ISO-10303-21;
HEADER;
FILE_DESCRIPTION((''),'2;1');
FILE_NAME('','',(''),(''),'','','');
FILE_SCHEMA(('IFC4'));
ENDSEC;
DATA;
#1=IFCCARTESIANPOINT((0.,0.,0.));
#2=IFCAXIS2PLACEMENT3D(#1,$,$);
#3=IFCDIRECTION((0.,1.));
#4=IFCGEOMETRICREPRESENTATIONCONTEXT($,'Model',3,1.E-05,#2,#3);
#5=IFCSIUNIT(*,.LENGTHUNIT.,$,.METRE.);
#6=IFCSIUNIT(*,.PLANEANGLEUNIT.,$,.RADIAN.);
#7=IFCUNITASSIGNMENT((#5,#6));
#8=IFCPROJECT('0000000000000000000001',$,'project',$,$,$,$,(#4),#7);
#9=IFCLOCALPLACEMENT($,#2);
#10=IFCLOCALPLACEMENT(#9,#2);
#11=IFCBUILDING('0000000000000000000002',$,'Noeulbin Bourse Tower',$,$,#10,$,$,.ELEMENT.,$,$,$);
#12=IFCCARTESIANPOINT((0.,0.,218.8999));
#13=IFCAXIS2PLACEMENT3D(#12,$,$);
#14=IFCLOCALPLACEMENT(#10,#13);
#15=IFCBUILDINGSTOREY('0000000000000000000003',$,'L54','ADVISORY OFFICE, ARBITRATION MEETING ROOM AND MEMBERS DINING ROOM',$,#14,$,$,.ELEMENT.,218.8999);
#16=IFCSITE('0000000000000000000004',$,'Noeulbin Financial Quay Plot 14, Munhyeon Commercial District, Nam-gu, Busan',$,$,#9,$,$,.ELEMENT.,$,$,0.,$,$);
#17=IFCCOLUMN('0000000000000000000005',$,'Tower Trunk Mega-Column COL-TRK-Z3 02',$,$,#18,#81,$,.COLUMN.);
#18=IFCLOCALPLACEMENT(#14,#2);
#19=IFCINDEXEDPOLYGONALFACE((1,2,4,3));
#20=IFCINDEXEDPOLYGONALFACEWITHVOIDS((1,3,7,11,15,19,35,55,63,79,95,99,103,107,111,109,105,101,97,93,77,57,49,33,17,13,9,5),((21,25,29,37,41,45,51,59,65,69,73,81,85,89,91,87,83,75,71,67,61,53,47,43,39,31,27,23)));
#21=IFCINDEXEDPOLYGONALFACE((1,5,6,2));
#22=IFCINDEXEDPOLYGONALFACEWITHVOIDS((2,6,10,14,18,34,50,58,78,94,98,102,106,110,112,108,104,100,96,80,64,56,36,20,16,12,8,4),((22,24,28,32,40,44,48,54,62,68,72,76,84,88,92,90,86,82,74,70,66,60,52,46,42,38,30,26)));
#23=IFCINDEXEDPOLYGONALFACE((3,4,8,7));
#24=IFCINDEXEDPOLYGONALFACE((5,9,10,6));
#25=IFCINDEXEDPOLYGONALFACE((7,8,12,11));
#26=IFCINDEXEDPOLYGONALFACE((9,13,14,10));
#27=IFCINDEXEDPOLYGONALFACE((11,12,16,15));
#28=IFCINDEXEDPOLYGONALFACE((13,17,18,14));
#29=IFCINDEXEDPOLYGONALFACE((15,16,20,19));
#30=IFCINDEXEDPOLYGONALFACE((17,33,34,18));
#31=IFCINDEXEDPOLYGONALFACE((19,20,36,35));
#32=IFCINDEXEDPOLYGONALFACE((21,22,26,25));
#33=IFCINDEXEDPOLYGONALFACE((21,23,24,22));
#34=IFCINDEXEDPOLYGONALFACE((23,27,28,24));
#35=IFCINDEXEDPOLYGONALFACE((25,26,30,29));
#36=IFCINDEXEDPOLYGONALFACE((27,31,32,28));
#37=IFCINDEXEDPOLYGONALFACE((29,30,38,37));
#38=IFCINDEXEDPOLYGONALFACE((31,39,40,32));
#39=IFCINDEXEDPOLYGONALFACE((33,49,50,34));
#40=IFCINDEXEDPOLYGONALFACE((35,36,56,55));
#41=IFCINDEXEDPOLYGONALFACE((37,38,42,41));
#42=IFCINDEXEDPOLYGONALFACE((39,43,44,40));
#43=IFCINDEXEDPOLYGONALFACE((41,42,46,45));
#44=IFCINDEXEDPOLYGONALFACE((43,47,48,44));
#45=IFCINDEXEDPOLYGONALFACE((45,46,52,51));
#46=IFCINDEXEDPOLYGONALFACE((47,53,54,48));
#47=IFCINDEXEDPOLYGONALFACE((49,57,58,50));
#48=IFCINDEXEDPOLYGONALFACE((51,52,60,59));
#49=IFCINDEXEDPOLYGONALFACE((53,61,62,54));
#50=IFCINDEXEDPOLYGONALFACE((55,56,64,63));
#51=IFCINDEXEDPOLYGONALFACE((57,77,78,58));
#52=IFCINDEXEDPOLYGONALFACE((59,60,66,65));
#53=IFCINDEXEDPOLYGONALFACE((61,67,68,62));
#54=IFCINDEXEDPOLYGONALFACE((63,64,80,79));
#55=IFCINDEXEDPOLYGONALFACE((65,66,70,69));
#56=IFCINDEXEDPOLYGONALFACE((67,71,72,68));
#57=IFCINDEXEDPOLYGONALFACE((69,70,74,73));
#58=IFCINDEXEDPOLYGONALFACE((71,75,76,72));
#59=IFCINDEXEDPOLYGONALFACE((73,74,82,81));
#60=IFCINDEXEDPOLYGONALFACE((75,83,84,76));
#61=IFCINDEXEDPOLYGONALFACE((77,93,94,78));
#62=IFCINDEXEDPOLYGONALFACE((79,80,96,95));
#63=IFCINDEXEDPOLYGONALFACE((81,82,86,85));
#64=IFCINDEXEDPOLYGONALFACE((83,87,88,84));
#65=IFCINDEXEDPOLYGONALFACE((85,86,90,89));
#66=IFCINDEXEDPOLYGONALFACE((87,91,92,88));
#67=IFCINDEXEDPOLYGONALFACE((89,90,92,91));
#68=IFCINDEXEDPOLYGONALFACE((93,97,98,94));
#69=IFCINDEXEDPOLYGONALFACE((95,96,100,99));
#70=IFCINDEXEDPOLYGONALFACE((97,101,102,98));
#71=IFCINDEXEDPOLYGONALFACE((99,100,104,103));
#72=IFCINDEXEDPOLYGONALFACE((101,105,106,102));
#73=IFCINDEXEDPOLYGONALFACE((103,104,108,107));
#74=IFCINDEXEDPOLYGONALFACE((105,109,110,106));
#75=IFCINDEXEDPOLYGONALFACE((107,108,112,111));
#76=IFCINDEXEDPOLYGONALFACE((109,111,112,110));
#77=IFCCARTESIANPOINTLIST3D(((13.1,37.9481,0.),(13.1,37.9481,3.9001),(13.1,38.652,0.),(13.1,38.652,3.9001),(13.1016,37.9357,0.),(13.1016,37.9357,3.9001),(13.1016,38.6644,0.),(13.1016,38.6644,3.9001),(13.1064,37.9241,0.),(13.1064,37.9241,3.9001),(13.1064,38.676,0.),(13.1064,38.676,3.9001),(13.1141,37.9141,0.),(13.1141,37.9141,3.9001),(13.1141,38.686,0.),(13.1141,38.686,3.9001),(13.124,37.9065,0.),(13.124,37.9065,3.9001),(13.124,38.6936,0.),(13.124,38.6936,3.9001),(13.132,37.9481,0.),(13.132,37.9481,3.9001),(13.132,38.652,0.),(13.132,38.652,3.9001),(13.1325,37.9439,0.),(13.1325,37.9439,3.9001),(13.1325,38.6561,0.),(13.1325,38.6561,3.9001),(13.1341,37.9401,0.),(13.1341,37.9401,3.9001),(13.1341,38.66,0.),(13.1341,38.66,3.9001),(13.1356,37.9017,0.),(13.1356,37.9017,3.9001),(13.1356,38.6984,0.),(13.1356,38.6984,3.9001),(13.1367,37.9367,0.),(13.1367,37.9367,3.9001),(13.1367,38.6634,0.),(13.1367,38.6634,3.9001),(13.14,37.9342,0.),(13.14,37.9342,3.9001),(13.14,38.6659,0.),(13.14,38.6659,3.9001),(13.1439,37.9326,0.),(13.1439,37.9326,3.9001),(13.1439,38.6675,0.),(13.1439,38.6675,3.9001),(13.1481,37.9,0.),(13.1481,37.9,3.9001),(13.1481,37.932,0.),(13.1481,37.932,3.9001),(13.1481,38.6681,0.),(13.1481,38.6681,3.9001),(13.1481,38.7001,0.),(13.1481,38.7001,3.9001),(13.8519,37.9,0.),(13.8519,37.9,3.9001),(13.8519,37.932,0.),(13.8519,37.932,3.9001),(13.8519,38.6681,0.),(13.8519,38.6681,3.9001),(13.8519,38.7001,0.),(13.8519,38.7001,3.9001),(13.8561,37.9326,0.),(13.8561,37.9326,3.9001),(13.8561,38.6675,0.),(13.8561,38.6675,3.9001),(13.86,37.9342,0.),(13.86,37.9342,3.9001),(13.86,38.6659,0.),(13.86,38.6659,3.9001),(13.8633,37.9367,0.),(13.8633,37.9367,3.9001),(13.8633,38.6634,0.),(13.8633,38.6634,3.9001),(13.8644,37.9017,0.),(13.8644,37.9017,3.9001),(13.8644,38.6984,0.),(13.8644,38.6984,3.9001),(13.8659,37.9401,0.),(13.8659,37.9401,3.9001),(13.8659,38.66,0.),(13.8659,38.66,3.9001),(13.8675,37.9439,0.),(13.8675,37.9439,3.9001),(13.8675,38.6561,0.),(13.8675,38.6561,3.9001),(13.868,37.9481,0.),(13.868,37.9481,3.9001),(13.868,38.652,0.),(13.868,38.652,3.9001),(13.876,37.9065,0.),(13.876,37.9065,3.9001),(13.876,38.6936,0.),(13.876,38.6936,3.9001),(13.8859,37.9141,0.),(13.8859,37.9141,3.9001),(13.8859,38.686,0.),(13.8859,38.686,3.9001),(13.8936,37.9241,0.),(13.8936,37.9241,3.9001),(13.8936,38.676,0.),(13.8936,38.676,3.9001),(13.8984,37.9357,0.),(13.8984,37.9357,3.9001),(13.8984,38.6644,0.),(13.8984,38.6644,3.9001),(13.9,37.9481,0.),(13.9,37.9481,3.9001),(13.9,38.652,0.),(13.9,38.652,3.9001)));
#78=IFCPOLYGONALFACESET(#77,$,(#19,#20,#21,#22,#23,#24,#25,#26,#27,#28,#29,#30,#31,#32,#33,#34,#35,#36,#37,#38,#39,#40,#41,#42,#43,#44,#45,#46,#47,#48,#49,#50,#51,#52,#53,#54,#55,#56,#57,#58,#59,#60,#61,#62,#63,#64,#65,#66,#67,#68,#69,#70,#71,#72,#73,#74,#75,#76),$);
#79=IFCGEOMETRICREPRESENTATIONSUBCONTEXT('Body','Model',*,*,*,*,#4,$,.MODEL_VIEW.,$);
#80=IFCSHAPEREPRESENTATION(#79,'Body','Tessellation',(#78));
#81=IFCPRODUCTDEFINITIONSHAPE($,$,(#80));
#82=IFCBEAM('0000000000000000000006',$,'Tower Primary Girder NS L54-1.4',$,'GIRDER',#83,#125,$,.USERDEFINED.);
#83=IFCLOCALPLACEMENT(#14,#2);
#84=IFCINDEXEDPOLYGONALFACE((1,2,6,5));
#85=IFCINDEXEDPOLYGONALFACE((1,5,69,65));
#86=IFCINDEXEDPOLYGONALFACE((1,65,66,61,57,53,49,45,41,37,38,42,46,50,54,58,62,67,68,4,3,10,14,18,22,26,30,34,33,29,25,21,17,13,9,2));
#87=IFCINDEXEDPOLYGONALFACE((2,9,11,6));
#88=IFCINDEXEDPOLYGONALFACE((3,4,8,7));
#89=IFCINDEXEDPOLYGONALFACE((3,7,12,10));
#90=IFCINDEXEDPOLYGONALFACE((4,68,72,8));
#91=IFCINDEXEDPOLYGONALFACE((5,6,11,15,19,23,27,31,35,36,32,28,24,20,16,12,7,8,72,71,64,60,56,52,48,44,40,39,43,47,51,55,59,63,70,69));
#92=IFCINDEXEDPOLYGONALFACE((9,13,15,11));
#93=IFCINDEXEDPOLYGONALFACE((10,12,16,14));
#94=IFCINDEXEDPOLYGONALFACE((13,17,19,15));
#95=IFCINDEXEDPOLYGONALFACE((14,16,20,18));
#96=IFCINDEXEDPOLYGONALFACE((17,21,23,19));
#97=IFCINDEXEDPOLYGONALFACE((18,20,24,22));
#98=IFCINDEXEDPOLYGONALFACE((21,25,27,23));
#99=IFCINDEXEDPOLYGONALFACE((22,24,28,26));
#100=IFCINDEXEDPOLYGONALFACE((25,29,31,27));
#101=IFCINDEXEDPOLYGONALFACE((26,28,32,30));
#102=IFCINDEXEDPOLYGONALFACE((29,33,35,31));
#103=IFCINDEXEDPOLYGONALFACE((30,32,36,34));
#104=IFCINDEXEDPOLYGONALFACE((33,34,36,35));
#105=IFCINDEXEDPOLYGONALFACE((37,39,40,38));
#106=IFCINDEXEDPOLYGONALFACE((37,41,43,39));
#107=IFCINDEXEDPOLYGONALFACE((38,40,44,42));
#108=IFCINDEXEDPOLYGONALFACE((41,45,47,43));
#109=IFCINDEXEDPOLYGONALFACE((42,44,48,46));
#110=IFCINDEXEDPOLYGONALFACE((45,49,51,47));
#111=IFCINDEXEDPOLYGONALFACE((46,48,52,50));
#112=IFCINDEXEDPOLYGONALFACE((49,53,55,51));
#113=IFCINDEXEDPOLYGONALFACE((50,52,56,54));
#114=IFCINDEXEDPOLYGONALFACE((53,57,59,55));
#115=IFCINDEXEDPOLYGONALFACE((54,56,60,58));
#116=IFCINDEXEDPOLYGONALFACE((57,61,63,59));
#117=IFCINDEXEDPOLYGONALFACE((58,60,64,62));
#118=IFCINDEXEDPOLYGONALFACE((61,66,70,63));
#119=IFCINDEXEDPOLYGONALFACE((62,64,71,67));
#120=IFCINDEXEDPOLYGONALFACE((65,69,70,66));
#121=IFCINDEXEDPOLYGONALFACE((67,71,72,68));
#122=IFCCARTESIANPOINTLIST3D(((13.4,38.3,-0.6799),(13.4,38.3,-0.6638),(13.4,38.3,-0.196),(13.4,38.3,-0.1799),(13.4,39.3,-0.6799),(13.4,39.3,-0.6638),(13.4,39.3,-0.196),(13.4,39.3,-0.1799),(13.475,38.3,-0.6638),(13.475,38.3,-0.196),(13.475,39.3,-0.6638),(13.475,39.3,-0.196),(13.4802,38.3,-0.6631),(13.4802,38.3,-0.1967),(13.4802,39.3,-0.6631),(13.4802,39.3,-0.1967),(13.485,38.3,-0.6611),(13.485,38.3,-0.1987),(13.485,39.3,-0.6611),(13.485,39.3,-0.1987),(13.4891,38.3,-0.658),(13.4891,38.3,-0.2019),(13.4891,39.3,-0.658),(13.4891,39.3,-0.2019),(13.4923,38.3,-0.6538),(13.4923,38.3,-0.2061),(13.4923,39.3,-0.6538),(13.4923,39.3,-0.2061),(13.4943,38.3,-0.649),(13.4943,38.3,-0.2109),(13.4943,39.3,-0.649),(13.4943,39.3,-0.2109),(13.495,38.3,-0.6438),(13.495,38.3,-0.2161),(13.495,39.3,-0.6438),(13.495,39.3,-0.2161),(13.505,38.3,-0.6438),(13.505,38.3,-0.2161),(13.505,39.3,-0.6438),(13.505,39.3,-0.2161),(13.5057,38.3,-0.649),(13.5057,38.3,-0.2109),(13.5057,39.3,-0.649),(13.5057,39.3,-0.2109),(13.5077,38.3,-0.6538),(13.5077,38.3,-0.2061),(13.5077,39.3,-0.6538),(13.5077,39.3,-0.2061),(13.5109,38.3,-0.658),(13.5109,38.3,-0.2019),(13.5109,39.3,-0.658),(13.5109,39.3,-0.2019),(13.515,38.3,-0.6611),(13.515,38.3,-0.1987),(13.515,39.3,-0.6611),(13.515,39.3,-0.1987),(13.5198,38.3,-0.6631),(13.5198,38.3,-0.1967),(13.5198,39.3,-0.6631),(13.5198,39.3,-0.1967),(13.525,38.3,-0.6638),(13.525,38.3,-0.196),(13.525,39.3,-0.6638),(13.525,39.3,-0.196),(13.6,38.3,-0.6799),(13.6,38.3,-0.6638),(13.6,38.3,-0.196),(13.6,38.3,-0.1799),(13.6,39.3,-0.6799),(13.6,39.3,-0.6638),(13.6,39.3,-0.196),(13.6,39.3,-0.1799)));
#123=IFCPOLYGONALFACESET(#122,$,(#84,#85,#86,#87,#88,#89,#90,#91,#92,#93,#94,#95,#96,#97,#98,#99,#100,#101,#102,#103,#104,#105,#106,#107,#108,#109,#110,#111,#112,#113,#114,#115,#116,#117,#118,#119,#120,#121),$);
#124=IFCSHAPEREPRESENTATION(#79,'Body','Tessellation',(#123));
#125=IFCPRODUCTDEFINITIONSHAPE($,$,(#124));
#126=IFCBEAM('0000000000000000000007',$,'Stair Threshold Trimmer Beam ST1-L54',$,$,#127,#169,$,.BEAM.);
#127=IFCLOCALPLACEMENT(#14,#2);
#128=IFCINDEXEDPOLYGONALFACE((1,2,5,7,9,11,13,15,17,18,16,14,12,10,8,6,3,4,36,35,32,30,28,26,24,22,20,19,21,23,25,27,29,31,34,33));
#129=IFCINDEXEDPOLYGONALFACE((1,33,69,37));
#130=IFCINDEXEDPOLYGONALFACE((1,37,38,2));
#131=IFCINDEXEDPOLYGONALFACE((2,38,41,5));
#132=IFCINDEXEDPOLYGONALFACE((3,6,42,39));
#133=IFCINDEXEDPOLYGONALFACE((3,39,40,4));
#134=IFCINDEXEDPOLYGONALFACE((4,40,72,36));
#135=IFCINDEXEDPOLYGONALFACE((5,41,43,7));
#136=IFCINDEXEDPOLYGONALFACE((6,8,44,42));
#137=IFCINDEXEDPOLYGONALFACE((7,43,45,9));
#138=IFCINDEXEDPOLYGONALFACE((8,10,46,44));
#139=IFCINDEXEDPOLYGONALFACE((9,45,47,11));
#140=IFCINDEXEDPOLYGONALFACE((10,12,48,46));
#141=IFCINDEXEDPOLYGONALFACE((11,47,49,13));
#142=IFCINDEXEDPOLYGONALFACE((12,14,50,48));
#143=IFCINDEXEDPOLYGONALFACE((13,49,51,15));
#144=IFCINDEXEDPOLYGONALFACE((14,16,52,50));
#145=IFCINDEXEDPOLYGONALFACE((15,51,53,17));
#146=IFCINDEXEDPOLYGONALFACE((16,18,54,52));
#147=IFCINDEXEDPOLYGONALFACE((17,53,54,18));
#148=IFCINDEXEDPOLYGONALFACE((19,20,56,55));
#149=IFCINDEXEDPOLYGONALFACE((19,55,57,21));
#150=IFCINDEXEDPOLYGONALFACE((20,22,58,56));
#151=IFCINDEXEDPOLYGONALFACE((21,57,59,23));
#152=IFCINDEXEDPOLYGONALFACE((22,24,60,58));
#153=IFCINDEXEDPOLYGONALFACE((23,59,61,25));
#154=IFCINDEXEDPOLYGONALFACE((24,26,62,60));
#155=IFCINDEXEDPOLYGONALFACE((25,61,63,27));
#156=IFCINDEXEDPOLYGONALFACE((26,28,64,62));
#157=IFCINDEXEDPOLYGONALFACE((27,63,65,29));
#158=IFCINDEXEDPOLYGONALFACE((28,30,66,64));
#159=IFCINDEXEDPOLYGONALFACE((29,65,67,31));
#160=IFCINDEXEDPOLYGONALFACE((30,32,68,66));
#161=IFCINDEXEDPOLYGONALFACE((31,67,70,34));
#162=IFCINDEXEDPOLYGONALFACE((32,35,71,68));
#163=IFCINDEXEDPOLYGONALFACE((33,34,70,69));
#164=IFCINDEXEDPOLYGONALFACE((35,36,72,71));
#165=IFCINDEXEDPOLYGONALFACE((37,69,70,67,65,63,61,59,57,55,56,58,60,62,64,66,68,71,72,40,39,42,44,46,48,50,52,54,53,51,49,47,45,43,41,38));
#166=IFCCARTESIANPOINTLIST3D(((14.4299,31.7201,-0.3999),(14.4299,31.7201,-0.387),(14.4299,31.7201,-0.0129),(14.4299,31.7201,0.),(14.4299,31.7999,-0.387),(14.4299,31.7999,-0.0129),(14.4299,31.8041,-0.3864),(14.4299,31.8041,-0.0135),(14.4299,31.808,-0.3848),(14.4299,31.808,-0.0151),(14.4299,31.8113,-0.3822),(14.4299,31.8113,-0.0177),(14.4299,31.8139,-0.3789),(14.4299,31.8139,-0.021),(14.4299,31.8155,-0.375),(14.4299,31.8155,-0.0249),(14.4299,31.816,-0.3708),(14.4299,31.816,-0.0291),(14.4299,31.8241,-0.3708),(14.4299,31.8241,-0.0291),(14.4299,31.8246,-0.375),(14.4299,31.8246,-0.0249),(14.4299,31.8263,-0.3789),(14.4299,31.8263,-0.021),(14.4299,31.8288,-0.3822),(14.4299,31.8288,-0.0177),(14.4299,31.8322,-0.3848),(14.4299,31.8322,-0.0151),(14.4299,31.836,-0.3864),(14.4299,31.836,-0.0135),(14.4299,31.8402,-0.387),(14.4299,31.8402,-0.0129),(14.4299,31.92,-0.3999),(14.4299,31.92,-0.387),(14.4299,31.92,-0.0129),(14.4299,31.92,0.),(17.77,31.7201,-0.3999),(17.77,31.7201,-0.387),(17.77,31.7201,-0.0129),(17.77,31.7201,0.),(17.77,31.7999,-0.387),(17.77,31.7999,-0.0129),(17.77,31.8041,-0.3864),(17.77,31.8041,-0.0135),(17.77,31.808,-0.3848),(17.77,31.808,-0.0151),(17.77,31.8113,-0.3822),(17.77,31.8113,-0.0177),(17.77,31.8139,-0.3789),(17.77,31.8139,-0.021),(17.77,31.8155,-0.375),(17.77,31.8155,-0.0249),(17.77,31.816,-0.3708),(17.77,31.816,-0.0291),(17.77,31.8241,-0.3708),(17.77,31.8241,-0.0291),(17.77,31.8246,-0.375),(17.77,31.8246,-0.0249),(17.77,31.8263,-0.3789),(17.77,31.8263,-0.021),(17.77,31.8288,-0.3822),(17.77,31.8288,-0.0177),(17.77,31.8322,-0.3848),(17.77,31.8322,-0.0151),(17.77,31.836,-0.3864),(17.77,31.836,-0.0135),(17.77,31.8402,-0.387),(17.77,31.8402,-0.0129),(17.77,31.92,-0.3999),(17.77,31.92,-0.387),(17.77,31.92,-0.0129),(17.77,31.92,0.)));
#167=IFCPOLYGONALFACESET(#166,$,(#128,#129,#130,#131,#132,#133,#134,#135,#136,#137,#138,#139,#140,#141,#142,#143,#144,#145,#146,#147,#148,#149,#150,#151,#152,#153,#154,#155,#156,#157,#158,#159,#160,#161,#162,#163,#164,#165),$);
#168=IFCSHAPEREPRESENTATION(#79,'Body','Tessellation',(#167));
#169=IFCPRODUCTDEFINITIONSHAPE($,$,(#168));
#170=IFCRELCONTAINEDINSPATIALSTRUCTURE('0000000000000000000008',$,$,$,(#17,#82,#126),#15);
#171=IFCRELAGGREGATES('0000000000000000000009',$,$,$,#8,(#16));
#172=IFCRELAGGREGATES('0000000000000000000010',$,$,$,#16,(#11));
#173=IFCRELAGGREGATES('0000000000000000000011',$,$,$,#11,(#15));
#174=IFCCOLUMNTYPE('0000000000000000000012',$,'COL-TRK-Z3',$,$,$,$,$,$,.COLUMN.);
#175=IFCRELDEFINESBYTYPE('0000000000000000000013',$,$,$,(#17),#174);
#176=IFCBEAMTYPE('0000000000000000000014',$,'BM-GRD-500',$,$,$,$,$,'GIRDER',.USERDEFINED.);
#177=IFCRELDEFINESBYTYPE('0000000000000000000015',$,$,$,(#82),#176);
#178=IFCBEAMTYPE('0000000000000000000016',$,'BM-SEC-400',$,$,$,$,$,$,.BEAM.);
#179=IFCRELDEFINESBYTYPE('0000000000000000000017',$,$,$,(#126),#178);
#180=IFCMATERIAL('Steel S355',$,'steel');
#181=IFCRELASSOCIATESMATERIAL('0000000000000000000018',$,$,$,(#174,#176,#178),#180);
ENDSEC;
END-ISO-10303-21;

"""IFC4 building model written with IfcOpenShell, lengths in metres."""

from ifc_helpers import new_model, si_unit, direction, frame, origin, origin_2d, place, context, subcontext, project, spatial, hollow_rectangle, i_section, extrude, material, material_profile, profile_set, type_object, element, save


model = new_model("IFC4")

# Units and contexts
model_context = context("Model", 3, precision=1e-05, world=origin(), true_north=direction((0.0, 1.0)))
body_context = subcontext(model_context, "Body", "Model", "MODEL_VIEW")
ifc_project = project(units=[si_unit("LENGTHUNIT", "METRE"), si_unit("PLANEANGLEUNIT", "RADIAN")], contexts=[model_context])

# Site, building, storey
site_placement = place(None, origin())
site = spatial("IfcSite", under=ifc_project, at=site_placement, Name="Noeulbin Financial Quay Plot 14, Munhyeon Commercial District, Nam-gu, Busan", CompositionType="ELEMENT", RefElevation=0.0)
building_placement = place(site_placement, origin())
building = spatial("IfcBuilding", under=site, at=building_placement, Name="Noeulbin Bourse Tower", CompositionType="ELEMENT")
storey_placement = place(building_placement, frame((0.0, 0.0, 218.8999)))
storey = spatial("IfcBuildingStorey", under=building, at=storey_placement, Name="L54", Description="ADVISORY OFFICE, ARBITRATION MEETING ROOM AND MEMBERS DINING ROOM", CompositionType="ELEMENT", Elevation=218.8999)

# Column
ifc_material_1 = material(Name="Steel S355", Category="steel")
ifc_material_profile_1 = material_profile(ifc_material_1, hollow_rectangle(XDim=0.8, YDim=0.8, WallThickness=0.032, InnerFilletRadius=0.0161, OuterFilletRadius=0.0481, at=origin_2d()), Name="BOX-800x800x32", Category="LoadBearing")
ifc_profile_set_1 = profile_set([ifc_material_profile_1], Name="Steel S355")
column_type = type_object("IfcColumnType", Name="COL-TRK-Z3", PredefinedType="COLUMN", material=ifc_profile_set_1)
column_placement = place(storey_placement, frame((13.5, 38.3, 0.0), z_axis=(0.0, 0.0, 1.0), x_axis=(1.0, 0.0, 0.0)))
element("IfcColumn", 1, at=column_placement, inside=storey, type_object=column_type, Name="Tower Trunk Mega-Column COL-TRK-Z3 02", PredefinedType="COLUMN", context=body_context, shape_type="SweptSolid", body=[
    extrude(hollow_rectangle(XDim=0.8, YDim=0.8, WallThickness=0.032, InnerFilletRadius=0.0161, OuterFilletRadius=0.0481, at=origin_2d()), origin(), (0.0, 0.0, 1.0), 3.9001),
])

# Beams
ifc_material_profile_2 = material_profile(ifc_material_1, i_section(OverallWidth=0.2, OverallDepth=0.5, WebThickness=0.01, FlangeThickness=0.0161, FilletRadius=0.02, at=origin_2d()), Name="H-500x200x10x16", Category="LoadBearing")
ifc_profile_set_2 = profile_set([ifc_material_profile_2], Name="Steel S355")
beam_type_1 = type_object("IfcBeamType", Name="BM-GRD-500", ElementType="GIRDER", PredefinedType="USERDEFINED", material=ifc_profile_set_2)
beam_1_placement = place(storey_placement, frame((13.5, 38.3, -0.4299), z_axis=(0.0, 1.0, 0.0), x_axis=(-1.0, 0.0, 0.0)))
element("IfcBeam", 2, at=beam_1_placement, inside=storey, type_object=beam_type_1, Name="Tower Primary Girder NS L54-1.4", ObjectType="GIRDER", PredefinedType="USERDEFINED", context=body_context, shape_type="SweptSolid", body=[
    extrude(i_section(OverallWidth=0.2, OverallDepth=0.5, WebThickness=0.01, FlangeThickness=0.0161, FilletRadius=0.02, at=origin_2d()), origin(), (0.0, 0.0, 1.0), 1.0),
])
ifc_material_profile_3 = material_profile(ifc_material_1, i_section(OverallWidth=0.2, OverallDepth=0.3999, WebThickness=0.0081, FlangeThickness=0.0129, FilletRadius=0.0161, at=origin_2d()), Name="H-400x200x8x13", Category="LoadBearing")
ifc_profile_set_3 = profile_set([ifc_material_profile_3], Name="Steel S355")
beam_type_2 = type_object("IfcBeamType", Name="BM-SEC-400", PredefinedType="BEAM", material=ifc_profile_set_3)
beam_2_placement = place(storey_placement, frame((14.4299, 31.8201, -0.2), z_axis=(1.0, 0.0, 0.0), x_axis=(0.0, 1.0, 0.0)))
element("IfcBeam", 3, at=beam_2_placement, inside=storey, type_object=beam_type_2, Name="Stair Threshold Trimmer Beam ST1-L54", PredefinedType="BEAM", context=body_context, shape_type="SweptSolid", body=[
    extrude(i_section(OverallWidth=0.2, OverallDepth=0.3999, WebThickness=0.0081, FlangeThickness=0.0129, FilletRadius=0.0161, at=origin_2d()), origin(), (0.0, 0.0, 1.0), 3.3401),
])

save(model, "model.ifc")
